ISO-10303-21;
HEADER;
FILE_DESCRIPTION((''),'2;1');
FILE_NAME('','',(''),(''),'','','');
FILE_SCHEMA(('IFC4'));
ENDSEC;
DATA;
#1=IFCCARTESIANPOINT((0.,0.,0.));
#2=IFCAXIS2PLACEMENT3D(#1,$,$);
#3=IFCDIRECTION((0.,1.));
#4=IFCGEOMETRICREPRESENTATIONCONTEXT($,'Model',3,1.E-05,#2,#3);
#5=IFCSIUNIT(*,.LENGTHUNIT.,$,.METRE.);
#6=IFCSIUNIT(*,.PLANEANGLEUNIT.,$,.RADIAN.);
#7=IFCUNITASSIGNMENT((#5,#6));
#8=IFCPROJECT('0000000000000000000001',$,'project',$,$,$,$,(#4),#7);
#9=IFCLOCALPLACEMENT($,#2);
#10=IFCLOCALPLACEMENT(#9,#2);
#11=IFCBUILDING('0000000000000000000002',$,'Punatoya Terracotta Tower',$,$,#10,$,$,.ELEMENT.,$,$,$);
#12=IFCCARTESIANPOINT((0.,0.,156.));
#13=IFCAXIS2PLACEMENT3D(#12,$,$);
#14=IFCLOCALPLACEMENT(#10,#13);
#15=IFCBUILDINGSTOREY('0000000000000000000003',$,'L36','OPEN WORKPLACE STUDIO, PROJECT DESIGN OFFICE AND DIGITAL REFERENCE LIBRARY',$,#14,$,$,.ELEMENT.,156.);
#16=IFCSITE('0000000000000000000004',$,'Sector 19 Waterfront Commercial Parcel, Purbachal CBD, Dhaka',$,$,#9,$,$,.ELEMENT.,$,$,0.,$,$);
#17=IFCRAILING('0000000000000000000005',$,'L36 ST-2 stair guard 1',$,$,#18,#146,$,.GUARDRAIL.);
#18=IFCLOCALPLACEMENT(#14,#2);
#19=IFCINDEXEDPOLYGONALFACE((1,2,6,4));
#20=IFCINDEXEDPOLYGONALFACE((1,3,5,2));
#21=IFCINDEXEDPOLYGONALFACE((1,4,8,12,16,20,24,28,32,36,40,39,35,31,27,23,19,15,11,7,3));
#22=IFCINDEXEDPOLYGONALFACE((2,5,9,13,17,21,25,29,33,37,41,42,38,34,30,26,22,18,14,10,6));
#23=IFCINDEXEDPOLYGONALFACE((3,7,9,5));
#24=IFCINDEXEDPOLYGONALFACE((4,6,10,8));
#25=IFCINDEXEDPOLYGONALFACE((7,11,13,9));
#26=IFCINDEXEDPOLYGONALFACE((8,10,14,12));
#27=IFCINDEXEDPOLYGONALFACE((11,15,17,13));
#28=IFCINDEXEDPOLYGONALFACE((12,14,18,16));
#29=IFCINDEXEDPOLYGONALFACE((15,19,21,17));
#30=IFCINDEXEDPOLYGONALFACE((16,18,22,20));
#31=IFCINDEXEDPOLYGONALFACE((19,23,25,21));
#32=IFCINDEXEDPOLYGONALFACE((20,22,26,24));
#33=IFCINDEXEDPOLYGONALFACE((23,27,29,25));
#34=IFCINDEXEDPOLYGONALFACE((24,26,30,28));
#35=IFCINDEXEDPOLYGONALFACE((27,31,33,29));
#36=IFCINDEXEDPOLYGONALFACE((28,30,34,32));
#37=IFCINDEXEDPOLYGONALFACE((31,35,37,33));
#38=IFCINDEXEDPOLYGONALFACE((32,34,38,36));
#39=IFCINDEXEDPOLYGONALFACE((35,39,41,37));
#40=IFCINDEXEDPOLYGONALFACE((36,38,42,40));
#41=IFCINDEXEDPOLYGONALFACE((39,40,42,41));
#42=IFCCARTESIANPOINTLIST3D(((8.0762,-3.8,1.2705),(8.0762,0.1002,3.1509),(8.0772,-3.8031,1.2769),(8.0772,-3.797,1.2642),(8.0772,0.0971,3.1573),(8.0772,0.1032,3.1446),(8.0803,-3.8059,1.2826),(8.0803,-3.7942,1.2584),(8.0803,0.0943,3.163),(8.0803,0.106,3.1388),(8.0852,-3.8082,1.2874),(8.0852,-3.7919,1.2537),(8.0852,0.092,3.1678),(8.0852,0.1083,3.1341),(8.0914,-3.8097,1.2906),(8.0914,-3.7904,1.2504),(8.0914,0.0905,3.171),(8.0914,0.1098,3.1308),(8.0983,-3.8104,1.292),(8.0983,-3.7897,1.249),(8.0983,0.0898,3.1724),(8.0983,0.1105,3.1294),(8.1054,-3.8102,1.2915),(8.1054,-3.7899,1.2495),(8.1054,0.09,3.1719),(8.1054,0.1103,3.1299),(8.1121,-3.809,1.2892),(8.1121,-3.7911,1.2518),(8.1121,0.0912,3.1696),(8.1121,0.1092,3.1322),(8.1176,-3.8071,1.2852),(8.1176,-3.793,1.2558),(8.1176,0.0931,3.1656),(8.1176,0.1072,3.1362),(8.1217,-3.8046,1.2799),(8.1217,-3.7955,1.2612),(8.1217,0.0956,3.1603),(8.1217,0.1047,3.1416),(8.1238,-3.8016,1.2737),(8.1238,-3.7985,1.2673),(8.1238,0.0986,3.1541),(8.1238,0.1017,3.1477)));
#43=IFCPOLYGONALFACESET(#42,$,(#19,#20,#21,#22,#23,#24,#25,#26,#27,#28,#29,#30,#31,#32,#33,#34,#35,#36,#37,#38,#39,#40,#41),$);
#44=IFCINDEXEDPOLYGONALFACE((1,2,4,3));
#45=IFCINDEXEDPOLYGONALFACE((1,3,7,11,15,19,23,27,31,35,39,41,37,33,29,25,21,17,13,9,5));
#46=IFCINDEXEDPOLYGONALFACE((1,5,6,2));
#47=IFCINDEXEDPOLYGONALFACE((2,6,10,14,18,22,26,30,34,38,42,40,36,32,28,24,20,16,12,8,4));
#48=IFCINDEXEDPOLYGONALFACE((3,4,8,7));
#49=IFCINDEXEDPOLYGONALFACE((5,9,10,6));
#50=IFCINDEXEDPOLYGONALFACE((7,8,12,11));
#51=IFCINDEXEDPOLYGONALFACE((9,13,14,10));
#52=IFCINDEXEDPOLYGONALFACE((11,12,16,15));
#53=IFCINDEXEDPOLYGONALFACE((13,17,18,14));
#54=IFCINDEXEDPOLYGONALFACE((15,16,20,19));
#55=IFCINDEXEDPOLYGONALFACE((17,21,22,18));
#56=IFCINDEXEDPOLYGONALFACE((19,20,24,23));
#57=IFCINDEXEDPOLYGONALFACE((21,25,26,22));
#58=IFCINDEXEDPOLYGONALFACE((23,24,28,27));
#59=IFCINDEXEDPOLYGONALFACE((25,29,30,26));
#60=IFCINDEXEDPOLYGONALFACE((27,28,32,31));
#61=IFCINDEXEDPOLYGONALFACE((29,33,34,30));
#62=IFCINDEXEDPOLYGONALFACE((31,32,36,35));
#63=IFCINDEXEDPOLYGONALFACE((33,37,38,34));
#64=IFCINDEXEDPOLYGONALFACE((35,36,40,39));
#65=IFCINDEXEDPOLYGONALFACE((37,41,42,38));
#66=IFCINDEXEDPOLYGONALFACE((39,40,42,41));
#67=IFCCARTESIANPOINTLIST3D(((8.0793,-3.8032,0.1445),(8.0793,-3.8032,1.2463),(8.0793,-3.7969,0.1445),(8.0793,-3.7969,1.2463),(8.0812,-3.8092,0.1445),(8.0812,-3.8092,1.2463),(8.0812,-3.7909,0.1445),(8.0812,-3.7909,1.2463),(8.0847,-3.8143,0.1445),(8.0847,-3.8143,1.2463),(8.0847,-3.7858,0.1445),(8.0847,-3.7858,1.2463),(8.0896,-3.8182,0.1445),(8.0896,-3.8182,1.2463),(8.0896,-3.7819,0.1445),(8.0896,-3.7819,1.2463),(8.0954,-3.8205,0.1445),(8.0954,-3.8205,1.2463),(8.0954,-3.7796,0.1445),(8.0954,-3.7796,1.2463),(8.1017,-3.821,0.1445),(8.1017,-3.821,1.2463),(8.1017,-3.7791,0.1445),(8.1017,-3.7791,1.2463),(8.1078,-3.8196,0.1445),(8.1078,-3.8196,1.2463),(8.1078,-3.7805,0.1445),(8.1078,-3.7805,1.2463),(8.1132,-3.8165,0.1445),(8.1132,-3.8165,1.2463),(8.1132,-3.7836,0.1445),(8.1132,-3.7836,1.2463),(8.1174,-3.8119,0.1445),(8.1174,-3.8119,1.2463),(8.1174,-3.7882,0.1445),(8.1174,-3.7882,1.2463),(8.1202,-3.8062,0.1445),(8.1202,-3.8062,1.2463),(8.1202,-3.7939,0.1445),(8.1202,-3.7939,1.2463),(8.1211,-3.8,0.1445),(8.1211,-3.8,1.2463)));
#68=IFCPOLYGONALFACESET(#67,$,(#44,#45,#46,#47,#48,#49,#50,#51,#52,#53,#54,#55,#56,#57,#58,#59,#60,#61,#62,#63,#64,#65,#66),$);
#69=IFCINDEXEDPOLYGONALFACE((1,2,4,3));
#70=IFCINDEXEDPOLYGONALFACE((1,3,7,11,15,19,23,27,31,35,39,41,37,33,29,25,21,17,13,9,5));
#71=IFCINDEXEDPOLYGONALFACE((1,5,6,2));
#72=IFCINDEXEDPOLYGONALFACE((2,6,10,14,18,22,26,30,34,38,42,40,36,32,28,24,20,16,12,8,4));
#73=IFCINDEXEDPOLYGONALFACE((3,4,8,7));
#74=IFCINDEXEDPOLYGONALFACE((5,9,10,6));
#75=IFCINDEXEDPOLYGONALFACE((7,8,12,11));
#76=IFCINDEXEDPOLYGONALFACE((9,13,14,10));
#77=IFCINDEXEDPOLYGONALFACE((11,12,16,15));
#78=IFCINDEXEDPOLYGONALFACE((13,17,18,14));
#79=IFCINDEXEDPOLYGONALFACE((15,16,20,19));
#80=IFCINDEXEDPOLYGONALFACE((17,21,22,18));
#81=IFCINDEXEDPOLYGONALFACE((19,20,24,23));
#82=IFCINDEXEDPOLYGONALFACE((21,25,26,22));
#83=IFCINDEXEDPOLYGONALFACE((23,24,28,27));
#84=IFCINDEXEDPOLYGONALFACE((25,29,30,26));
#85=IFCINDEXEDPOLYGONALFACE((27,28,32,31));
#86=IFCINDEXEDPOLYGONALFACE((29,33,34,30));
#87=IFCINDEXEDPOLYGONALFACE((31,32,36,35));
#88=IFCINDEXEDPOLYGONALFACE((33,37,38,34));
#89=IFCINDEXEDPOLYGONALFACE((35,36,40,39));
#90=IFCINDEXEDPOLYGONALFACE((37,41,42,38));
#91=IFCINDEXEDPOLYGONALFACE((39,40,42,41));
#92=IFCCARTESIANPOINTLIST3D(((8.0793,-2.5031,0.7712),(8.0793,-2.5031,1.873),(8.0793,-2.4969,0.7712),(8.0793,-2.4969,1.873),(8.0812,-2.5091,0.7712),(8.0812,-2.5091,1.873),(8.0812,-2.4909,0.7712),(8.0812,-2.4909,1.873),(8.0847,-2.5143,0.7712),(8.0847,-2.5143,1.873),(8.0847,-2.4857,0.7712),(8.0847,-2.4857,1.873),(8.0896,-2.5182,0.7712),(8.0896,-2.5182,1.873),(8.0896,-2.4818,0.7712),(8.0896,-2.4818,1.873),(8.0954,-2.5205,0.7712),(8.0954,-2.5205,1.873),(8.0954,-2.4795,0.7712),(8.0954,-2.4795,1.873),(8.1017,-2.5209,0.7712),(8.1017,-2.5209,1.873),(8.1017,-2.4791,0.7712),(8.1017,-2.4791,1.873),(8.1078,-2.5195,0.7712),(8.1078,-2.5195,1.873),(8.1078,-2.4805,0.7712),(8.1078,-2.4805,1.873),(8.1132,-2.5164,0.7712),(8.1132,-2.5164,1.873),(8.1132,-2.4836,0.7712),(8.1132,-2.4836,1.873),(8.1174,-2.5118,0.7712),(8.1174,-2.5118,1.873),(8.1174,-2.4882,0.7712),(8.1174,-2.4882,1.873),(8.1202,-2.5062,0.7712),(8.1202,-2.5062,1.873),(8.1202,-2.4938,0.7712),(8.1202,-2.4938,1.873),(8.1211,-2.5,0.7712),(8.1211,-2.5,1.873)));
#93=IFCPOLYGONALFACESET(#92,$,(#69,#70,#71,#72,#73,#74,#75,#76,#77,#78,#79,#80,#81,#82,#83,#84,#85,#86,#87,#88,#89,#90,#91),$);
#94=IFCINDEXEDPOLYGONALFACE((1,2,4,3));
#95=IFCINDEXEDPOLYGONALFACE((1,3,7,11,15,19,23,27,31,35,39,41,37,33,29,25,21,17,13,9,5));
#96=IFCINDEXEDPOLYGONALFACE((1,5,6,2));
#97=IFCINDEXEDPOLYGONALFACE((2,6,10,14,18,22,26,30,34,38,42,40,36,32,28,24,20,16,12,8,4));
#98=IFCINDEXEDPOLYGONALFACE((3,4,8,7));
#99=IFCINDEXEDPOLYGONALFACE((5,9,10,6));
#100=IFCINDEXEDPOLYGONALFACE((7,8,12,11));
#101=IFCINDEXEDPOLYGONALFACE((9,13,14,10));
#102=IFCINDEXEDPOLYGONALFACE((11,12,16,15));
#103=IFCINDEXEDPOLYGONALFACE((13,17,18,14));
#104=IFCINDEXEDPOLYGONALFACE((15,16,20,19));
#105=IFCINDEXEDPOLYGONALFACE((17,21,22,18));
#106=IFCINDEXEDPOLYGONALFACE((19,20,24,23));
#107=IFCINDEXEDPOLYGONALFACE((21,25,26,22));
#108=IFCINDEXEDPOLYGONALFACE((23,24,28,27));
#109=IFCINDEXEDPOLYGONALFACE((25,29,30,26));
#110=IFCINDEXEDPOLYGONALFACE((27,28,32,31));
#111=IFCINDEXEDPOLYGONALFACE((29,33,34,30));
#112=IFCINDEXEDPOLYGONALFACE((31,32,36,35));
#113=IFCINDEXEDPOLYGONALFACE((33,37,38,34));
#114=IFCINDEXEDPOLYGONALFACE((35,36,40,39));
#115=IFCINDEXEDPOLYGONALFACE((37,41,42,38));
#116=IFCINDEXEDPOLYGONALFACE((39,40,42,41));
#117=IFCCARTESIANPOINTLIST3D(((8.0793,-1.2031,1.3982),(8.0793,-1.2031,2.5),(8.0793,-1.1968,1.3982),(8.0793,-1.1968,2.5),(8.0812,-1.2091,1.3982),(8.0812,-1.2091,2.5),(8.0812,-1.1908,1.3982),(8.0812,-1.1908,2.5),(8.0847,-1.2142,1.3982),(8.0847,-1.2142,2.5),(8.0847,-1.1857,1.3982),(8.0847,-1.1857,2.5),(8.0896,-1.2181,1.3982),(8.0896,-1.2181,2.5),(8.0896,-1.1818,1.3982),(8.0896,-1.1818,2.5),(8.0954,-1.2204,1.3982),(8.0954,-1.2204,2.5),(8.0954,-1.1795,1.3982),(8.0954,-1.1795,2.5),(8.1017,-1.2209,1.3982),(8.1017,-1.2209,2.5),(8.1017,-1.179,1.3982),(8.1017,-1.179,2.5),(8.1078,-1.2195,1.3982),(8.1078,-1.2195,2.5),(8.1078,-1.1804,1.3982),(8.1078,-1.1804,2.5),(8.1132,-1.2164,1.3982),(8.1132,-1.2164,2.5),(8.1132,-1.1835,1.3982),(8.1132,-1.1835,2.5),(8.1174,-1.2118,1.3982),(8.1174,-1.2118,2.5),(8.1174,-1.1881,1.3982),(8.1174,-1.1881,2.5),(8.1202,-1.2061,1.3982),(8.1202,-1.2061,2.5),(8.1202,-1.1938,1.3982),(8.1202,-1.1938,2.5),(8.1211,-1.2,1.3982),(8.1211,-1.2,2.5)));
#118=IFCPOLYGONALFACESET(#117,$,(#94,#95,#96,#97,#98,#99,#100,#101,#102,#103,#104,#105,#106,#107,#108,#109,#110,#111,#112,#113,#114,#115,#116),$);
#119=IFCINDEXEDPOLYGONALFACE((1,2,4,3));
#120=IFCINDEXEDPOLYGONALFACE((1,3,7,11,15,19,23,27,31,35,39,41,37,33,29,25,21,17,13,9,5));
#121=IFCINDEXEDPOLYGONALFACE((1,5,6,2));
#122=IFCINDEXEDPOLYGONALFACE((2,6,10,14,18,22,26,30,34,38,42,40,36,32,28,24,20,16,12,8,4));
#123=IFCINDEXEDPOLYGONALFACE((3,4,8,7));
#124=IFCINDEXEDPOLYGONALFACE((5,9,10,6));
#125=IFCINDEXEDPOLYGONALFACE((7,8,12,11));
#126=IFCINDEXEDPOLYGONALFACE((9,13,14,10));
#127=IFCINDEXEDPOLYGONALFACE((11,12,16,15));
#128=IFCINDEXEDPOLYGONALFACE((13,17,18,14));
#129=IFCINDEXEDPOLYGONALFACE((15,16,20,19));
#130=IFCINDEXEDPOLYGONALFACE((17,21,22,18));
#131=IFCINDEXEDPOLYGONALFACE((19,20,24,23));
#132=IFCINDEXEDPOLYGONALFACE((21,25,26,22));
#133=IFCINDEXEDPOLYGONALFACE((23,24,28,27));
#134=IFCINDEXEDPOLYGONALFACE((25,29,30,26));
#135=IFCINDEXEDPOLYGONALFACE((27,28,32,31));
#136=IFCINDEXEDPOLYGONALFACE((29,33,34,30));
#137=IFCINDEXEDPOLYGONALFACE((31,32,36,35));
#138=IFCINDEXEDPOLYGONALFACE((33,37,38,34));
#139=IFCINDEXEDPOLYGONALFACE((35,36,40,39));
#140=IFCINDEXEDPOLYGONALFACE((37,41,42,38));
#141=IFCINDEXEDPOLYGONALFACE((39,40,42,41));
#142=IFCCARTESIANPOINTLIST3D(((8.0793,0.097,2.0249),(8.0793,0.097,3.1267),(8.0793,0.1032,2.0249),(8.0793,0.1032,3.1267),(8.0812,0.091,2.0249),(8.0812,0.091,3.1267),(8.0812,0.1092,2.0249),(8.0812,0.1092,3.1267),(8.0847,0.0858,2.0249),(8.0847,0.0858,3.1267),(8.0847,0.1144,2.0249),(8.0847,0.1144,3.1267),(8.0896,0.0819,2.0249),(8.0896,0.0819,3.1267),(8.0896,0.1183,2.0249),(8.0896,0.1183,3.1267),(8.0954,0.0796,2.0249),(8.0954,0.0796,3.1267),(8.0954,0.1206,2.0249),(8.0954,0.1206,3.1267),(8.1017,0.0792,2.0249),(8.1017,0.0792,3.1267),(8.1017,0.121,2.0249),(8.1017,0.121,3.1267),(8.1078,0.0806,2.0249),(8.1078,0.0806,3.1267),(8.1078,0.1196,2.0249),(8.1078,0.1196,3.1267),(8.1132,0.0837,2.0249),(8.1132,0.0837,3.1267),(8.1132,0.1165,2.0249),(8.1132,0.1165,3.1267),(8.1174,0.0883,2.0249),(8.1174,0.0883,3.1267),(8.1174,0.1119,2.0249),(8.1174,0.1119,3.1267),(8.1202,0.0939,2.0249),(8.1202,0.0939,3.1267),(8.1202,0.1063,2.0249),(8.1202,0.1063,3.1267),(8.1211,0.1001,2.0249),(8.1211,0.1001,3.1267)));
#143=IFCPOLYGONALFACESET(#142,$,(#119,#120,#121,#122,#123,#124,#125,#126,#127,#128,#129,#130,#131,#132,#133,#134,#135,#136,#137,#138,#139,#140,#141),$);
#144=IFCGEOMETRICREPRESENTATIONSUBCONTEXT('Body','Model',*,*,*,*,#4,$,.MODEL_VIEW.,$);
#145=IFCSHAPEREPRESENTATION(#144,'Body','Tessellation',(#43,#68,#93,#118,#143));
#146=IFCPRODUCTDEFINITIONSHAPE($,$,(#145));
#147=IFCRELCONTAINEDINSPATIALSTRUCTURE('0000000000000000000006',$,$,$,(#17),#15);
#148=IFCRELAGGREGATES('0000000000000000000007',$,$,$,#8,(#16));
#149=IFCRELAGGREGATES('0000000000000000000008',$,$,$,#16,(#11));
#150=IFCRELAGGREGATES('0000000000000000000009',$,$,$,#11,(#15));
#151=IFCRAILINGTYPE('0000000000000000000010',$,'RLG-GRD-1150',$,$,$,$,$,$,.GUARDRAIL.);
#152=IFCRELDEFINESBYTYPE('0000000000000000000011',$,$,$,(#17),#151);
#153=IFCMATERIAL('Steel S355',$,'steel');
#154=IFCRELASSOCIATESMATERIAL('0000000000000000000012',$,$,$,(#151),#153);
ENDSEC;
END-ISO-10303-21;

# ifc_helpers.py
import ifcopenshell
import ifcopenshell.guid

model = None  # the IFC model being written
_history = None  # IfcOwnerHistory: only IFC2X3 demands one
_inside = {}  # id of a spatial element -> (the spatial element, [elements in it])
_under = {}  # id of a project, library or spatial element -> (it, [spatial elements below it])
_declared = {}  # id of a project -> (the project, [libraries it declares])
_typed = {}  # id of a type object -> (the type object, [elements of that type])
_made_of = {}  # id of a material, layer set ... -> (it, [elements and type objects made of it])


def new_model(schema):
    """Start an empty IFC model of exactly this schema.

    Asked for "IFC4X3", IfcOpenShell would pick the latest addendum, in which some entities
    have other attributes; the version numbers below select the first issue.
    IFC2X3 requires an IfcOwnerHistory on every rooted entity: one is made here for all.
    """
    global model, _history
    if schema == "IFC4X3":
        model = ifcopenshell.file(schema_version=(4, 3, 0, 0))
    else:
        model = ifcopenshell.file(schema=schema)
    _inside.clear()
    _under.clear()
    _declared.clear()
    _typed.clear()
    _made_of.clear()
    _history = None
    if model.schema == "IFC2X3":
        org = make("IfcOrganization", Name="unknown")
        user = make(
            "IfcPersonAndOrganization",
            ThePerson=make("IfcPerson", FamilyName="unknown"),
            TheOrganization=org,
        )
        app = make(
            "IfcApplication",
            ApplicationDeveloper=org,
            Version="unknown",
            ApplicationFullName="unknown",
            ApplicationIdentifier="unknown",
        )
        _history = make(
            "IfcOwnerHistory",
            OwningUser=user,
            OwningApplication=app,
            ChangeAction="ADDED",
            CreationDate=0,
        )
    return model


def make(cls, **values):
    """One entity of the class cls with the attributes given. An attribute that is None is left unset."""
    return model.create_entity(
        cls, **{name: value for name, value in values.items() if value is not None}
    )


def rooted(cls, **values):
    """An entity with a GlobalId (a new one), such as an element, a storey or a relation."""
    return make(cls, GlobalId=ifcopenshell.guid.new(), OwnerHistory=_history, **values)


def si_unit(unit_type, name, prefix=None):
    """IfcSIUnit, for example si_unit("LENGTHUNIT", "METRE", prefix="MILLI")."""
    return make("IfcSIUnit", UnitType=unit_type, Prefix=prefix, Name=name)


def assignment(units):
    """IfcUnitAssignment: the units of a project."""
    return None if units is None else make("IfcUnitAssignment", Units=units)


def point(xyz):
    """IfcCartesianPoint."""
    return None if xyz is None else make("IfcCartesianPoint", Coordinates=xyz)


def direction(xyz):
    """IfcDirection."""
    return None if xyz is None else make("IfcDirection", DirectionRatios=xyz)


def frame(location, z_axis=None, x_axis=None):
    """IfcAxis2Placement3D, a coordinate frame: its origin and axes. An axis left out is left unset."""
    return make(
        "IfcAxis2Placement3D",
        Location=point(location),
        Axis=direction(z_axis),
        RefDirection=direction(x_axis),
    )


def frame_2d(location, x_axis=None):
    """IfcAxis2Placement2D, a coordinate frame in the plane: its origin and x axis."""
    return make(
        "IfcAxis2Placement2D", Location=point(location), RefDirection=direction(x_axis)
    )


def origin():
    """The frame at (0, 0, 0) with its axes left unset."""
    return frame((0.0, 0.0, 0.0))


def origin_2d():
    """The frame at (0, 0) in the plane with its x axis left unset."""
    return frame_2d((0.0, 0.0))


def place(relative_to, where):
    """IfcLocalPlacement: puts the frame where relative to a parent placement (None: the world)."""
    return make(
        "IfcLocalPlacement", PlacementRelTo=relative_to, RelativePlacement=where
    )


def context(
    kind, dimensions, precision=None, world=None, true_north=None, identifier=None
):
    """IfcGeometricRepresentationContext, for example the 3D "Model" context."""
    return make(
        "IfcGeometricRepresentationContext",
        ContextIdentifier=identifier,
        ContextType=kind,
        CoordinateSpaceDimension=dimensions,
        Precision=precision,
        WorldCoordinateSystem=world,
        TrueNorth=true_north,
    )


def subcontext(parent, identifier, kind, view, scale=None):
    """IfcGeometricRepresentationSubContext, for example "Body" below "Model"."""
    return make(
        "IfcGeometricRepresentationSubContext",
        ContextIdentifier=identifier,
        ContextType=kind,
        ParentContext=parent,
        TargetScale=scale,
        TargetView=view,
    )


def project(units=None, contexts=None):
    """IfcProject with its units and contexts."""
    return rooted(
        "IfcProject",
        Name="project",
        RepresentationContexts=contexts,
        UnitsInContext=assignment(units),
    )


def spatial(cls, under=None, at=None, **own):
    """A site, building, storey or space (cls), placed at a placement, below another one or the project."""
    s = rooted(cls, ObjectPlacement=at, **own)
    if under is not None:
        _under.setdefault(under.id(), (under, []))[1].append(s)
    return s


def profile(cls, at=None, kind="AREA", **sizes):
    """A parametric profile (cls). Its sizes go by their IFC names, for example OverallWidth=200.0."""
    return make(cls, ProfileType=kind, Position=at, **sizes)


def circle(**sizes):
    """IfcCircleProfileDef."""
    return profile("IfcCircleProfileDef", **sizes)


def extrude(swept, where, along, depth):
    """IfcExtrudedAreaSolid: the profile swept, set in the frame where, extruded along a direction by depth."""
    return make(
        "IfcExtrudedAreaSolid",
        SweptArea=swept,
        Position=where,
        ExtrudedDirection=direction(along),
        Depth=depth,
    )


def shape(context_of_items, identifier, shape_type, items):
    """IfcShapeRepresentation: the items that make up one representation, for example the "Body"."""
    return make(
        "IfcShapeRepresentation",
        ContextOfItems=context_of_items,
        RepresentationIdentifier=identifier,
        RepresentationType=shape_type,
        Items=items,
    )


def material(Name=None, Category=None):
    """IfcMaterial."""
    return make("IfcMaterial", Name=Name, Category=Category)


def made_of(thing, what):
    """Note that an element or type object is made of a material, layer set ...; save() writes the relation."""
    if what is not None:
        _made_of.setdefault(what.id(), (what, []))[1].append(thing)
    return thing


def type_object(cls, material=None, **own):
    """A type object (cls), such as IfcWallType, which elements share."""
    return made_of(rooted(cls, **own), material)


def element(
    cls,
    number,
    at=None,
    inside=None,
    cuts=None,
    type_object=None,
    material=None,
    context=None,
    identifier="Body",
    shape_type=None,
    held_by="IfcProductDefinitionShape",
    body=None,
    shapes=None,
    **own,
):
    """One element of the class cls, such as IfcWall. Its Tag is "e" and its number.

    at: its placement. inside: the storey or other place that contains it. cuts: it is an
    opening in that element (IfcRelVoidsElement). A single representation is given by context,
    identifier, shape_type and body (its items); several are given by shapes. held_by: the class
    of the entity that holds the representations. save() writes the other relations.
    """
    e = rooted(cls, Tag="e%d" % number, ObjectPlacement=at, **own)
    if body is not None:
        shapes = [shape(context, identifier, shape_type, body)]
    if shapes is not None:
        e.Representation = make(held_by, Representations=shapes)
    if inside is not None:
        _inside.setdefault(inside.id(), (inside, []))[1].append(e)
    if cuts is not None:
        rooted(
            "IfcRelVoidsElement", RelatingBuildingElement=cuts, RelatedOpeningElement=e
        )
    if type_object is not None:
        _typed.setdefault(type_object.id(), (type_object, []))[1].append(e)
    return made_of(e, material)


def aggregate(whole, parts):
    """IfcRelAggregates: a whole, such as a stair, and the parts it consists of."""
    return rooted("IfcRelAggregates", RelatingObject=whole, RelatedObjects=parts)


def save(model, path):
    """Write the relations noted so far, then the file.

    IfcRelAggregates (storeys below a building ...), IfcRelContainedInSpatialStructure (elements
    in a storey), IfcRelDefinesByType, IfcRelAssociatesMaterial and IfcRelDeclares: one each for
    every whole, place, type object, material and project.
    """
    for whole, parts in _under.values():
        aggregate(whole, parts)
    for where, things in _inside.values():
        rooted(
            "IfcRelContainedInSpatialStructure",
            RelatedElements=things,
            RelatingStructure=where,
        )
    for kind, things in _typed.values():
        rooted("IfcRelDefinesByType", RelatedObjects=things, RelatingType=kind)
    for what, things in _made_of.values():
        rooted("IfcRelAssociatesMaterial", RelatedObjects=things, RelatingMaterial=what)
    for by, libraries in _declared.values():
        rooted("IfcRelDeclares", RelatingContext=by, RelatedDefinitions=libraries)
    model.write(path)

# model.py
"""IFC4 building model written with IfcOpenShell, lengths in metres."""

from ifc_helpers import new_model, si_unit, direction, frame, origin, origin_2d, place, context, subcontext, project, spatial, circle, extrude, material, type_object, element, save


model = new_model("IFC4")

# Units and contexts
model_context = context("Model", 3, precision=1e-05, world=origin(), true_north=direction((0.0, 1.0)))
body_context = subcontext(model_context, "Body", "Model", "MODEL_VIEW")
ifc_project = project(units=[si_unit("LENGTHUNIT", "METRE"), si_unit("PLANEANGLEUNIT", "RADIAN")], contexts=[model_context])

# Site, building, storey
site_placement = place(None, origin())
site = spatial("IfcSite", under=ifc_project, at=site_placement, Name="Sector 19 Waterfront Commercial Parcel, Purbachal CBD, Dhaka", CompositionType="ELEMENT", RefElevation=0.0)
building_placement = place(site_placement, origin())
building = spatial("IfcBuilding", under=site, at=building_placement, Name="Punatoya Terracotta Tower", CompositionType="ELEMENT")
storey_placement = place(building_placement, frame((0.0, 0.0, 156.0)))
storey = spatial("IfcBuildingStorey", under=building, at=storey_placement, Name="L36", Description="OPEN WORKPLACE STUDIO, PROJECT DESIGN OFFICE AND DIGITAL REFERENCE LIBRARY", CompositionType="ELEMENT", Elevation=156.0)

# Railing
ifc_material_1 = material(Name="Steel S355", Category="steel")
railing_type = type_object("IfcRailingType", Name="RLG-GRD-1150", PredefinedType="GUARDRAIL", material=ifc_material_1)
railing_1_placement = place(storey_placement, frame((8.1001, -3.8, 0.1445)))
element("IfcRailing", 1, at=railing_1_placement, inside=storey, type_object=railing_type, Name="L36 ST-2 stair guard 1", PredefinedType="GUARDRAIL", context=body_context, shape_type="SweptSolid", body=[
    extrude(circle(Radius=0.0239, at=origin_2d()), frame((0.0, 0.0, 1.126), z_axis=(0.0, 0.900774, 0.434289), x_axis=(-1.0, 0.0, 0.0)), (0.0, 0.0, 1.0), 4.3298),
    extrude(circle(Radius=0.021, at=origin_2d()), origin(), (0.0, 0.0, 1.0), 1.1018),
    extrude(circle(Radius=0.021, at=origin_2d()), frame((0.0, 1.3, 0.6267)), (0.0, 0.0, 1.0), 1.1018),
    extrude(circle(Radius=0.021, at=origin_2d()), frame((0.0, 2.6001, 1.2537)), (0.0, 0.0, 1.0), 1.1018),
    extrude(circle(Radius=0.021, at=origin_2d()), frame((0.0, 3.9001, 1.8804)), (0.0, 0.0, 1.0), 1.1018),
])

save(model, "model.ifc")
